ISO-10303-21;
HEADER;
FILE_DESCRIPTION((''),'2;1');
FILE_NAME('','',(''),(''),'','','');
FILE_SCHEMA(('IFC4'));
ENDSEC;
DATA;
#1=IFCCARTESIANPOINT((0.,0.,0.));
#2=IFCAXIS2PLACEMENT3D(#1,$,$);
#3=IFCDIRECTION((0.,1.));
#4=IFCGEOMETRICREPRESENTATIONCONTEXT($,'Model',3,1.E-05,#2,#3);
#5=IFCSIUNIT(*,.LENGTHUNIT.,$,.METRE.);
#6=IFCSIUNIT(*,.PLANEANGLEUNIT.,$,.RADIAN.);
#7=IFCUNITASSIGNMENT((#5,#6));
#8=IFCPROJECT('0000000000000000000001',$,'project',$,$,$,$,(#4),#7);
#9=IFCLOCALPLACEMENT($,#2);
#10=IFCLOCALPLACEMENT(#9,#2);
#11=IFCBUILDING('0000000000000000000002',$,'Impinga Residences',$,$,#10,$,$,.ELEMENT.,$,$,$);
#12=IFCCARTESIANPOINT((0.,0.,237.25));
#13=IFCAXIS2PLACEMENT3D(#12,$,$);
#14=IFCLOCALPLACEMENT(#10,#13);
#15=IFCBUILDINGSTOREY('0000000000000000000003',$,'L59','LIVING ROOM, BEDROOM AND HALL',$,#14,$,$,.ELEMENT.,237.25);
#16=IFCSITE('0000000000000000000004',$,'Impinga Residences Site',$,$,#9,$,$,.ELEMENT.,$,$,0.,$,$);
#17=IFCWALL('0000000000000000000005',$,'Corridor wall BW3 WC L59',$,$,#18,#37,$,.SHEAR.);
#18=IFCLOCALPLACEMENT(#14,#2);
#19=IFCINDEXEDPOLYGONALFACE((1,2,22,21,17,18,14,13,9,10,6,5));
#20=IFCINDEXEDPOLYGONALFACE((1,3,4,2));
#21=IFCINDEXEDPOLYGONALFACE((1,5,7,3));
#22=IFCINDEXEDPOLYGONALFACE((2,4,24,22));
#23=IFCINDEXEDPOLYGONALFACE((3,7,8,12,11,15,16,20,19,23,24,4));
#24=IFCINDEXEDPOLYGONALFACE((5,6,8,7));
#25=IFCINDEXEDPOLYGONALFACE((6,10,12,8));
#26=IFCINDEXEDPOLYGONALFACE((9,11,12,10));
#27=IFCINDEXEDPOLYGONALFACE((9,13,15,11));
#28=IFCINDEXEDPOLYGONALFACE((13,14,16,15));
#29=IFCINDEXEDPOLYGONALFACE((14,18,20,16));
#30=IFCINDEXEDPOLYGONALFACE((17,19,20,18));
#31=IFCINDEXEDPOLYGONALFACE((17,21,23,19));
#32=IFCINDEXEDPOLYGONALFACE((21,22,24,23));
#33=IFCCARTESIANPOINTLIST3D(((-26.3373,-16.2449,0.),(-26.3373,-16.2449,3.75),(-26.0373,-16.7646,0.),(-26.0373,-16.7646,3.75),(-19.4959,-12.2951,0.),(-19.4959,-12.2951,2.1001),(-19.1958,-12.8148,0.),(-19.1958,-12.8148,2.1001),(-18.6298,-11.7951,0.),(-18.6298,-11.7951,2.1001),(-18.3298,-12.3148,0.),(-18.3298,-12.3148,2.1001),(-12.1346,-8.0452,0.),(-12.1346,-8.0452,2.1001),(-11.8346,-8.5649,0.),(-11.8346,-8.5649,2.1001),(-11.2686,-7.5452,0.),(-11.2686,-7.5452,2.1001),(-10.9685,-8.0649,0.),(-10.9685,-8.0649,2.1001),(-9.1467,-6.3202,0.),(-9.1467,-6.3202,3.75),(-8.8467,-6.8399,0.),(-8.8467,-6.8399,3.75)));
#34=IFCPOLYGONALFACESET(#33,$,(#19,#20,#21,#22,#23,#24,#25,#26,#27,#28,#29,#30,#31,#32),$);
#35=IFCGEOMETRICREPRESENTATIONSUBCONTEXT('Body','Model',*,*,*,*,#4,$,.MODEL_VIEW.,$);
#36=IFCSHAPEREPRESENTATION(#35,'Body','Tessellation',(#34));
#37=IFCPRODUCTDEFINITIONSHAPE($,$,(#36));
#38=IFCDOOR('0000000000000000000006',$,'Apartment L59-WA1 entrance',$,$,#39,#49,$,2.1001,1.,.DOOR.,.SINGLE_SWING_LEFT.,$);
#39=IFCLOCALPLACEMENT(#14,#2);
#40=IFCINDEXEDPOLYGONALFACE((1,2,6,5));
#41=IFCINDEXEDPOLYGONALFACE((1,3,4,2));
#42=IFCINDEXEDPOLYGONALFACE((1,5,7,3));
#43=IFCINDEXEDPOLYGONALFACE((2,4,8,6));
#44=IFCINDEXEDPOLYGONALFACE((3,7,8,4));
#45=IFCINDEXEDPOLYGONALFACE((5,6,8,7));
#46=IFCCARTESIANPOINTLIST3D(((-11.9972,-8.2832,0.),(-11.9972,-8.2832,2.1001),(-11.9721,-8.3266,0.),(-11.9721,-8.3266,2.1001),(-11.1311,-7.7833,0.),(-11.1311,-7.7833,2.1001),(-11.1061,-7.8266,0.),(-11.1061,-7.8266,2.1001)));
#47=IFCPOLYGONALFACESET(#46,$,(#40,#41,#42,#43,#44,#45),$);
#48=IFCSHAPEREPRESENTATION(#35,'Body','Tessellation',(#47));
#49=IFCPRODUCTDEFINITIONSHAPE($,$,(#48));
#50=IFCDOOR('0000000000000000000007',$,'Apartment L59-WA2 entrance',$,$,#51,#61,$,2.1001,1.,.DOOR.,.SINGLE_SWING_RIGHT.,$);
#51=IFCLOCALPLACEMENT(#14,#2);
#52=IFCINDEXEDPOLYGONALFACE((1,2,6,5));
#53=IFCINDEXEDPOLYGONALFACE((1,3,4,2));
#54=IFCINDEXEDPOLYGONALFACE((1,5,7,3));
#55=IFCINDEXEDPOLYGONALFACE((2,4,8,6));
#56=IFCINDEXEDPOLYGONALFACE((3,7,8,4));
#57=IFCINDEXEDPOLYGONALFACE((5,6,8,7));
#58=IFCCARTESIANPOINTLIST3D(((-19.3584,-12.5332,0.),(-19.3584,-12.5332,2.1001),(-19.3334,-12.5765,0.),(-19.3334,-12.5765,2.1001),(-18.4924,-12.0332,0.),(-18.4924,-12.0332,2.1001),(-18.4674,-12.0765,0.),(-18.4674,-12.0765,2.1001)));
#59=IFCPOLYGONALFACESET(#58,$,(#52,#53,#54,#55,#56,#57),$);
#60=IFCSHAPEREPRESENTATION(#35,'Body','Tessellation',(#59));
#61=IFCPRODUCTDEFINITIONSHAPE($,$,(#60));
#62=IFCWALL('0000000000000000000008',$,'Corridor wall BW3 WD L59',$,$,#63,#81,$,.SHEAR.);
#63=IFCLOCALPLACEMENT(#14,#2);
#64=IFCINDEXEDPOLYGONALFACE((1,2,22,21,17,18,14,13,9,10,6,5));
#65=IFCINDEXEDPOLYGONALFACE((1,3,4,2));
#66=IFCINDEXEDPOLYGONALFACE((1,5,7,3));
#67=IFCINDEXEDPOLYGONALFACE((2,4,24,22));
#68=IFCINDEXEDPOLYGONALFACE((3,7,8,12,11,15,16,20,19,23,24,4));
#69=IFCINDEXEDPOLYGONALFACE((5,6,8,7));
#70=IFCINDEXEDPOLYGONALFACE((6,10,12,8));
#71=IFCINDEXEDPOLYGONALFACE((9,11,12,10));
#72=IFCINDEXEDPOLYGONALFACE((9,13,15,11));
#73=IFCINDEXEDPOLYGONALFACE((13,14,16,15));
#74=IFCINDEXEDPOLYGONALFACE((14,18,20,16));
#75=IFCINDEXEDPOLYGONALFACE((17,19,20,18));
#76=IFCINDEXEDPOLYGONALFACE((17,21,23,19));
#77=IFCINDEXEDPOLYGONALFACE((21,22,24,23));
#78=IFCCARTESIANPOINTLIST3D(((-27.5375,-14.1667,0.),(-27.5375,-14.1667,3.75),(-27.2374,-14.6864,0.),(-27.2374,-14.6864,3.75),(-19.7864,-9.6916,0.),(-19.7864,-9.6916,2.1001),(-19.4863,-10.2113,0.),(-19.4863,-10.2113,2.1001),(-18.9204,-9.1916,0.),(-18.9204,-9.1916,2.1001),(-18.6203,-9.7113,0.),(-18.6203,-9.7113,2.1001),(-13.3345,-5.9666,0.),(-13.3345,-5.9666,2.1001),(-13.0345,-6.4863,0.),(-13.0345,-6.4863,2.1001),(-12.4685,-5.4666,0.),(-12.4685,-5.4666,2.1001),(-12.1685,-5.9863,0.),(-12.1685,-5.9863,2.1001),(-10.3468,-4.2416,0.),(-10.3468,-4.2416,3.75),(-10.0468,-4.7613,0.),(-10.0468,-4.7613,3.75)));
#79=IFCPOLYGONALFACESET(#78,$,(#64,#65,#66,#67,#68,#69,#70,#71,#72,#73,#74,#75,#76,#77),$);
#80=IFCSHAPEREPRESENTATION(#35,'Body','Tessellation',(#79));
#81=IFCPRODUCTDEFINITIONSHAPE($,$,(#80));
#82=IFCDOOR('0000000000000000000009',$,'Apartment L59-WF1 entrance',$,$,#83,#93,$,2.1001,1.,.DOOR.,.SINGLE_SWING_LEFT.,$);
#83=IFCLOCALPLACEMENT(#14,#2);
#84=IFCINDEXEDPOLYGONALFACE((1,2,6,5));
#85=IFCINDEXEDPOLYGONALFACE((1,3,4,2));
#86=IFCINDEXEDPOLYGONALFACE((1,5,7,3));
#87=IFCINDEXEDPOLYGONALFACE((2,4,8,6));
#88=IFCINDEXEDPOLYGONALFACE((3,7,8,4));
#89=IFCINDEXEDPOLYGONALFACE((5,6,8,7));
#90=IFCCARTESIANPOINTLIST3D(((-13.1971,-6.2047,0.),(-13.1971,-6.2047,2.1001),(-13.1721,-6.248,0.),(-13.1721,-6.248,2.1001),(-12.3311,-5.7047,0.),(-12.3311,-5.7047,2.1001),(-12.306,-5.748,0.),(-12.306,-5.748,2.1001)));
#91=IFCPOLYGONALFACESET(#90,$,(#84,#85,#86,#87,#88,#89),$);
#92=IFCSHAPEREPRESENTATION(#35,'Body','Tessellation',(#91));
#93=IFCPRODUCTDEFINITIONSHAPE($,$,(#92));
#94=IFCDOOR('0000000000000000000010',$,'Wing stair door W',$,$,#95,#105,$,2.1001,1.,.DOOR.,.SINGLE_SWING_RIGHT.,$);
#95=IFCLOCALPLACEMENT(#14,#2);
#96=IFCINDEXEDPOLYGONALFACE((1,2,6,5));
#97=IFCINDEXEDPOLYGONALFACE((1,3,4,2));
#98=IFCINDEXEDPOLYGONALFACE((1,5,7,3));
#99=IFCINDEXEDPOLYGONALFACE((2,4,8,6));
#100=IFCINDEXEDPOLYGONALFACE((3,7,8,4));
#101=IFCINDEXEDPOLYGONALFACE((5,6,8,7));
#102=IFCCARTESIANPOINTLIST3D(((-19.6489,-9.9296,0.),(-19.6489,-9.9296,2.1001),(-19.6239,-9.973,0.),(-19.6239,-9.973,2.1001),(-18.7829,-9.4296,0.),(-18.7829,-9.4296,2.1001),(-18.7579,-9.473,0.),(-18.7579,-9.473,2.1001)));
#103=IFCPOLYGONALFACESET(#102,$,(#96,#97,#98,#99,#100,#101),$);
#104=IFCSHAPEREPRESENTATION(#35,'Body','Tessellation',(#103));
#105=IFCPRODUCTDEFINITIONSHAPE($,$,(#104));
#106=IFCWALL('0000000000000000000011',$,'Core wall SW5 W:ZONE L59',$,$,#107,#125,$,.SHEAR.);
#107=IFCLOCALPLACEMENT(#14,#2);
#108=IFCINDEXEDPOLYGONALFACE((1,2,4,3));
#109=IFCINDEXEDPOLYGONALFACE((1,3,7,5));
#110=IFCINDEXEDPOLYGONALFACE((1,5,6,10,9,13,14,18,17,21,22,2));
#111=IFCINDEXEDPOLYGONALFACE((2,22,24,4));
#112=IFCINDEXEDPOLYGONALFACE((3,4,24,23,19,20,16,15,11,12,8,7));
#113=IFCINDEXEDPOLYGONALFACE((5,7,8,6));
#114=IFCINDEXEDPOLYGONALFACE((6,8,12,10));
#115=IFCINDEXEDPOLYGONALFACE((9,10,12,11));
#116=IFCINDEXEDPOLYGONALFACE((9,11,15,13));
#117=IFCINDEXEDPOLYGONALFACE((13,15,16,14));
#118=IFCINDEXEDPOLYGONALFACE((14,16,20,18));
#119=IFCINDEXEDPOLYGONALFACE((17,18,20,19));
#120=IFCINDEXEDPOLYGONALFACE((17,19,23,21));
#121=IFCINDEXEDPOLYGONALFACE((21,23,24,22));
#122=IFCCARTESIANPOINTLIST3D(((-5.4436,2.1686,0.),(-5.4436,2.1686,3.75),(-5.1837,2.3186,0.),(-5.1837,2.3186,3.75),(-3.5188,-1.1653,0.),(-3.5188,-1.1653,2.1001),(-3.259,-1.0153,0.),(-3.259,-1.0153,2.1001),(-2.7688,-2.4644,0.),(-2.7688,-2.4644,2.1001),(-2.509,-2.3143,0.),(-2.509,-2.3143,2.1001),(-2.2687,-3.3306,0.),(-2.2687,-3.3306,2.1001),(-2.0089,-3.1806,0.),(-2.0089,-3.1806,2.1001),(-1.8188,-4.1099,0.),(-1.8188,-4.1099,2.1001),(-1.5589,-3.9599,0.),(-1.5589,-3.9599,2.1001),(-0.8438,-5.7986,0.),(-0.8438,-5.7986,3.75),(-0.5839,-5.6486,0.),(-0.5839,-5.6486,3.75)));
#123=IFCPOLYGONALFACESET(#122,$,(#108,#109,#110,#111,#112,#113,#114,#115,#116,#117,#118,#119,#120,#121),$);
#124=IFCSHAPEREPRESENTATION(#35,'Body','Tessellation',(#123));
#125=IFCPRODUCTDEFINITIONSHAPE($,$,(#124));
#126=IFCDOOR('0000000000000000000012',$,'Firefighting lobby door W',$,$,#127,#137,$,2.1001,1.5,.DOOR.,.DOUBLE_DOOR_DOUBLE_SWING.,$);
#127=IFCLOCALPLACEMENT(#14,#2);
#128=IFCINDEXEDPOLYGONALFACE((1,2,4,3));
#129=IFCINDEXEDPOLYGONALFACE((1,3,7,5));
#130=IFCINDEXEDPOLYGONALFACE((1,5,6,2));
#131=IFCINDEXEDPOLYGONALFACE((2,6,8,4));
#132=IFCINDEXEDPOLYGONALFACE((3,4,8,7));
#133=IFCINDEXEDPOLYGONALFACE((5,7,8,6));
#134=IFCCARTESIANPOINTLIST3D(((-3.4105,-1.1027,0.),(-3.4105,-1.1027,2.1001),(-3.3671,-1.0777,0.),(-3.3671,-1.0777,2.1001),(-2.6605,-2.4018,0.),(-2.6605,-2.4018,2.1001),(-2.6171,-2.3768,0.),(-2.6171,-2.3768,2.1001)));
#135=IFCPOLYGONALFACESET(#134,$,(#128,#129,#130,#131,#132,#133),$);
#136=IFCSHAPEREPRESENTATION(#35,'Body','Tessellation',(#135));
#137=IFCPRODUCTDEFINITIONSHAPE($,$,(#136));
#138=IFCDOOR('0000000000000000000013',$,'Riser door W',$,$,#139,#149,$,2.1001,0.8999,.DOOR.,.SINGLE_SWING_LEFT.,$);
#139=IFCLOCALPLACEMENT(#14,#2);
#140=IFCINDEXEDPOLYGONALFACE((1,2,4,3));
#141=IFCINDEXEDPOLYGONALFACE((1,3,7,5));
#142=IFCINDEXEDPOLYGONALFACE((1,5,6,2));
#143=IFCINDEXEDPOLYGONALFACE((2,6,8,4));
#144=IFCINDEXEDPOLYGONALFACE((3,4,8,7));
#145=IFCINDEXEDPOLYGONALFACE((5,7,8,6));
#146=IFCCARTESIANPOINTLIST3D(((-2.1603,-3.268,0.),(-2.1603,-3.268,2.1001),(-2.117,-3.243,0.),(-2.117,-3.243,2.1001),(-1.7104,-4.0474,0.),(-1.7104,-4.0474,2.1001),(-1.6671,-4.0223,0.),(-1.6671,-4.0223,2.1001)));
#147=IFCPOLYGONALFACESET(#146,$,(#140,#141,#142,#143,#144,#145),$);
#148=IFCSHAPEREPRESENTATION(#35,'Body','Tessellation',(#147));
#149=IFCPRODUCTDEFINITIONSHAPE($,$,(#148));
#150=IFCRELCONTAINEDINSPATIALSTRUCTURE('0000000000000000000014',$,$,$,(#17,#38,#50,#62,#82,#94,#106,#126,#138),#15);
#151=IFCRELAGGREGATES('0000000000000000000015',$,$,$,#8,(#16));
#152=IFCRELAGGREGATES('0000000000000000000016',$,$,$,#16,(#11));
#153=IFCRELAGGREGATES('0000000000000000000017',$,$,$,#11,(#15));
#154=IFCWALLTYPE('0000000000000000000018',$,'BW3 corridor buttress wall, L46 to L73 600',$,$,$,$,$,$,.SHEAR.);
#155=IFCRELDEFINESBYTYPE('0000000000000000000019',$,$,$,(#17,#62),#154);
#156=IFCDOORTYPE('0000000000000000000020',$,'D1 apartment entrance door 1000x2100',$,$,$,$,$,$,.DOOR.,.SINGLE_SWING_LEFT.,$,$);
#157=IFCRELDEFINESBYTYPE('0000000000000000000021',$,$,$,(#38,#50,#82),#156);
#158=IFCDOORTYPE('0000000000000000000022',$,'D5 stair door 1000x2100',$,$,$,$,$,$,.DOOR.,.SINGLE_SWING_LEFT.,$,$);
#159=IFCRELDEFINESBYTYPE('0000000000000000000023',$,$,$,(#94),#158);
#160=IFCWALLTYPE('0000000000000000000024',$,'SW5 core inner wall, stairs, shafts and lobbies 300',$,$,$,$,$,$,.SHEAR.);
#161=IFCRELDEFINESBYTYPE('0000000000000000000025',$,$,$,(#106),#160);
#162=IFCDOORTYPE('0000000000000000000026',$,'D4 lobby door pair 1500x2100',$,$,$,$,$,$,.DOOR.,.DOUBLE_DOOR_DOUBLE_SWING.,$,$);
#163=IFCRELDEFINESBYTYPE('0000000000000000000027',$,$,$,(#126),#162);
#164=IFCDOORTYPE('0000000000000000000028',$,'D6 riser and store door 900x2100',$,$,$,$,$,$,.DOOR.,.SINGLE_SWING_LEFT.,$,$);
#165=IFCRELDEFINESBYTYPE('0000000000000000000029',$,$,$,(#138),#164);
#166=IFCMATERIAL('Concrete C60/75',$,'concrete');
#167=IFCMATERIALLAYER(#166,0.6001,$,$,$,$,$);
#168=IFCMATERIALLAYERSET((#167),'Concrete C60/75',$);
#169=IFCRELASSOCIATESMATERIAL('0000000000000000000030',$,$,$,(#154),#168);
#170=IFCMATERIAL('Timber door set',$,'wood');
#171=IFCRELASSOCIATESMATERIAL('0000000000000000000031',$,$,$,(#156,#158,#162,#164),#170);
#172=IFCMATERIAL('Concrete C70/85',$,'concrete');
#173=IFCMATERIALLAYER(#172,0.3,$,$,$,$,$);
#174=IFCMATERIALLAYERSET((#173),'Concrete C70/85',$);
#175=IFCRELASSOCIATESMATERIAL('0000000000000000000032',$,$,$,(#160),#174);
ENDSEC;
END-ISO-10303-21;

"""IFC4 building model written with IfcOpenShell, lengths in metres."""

from ifc_helpers import new_model, si_unit, direction, frame, frame_2d, origin, place, context, subcontext, project, spatial, rectangle, extrude, material, layer, layer_set, type_object, element, fill, save


model = new_model("IFC4")

# Units and contexts
model_context = context("Model", 3, precision=1e-05, world=origin(), true_north=direction((0.0, 1.0)))
body_context = subcontext(model_context, "Body", "Model", "MODEL_VIEW")
ifc_project = project(units=[si_unit("LENGTHUNIT", "METRE"), si_unit("PLANEANGLEUNIT", "RADIAN")], contexts=[model_context])

# Site, building, storey
site_placement = place(None, origin())
site = spatial("IfcSite", under=ifc_project, at=site_placement, Name="Impinga Residences Site", CompositionType="ELEMENT", RefElevation=0.0)
building_placement = place(site_placement, origin())
building = spatial("IfcBuilding", under=site, at=building_placement, Name="Impinga Residences", CompositionType="ELEMENT")
storey_placement = place(building_placement, frame((0.0, 0.0, 237.25)))
storey = spatial("IfcBuildingStorey", under=building, at=storey_placement, Name="L59", Description="LIVING ROOM, BEDROOM AND HALL", CompositionType="ELEMENT", Elevation=237.25)

# Walls, openings, doors
ifc_material_1 = material(Name="Concrete C60/75", Category="concrete")
ifc_layer_1 = layer(ifc_material_1, 0.6001)
ifc_layer_set_1 = layer_set([ifc_layer_1], Name="Concrete C60/75")
wall_type_1 = type_object("IfcWallType", Name="BW3 corridor buttress wall, L46 to L73 600", PredefinedType="SHEAR", material=ifc_layer_set_1)
wall_1_placement = place(storey_placement, frame((-8.9968, -6.5801, 0.0), z_axis=(0.0, 0.0, 1.0), x_axis=(-0.866031, -0.499991, 0.0)))
wall_1 = element("IfcWall", 1, at=wall_1_placement, inside=storey, type_object=wall_type_1, Name="Corridor wall BW3 WC L59", PredefinedType="SHEAR", context=body_context, shape_type="SweptSolid", body=[
    extrude(rectangle(XDim=19.8499, YDim=0.6001, at=frame_2d((9.9248, 0.0))), origin(), (0.0, 0.0, 1.0), 3.75),
])
opening_1_placement = place(wall_1_placement, frame((2.45, 0.0, 0.0)))
opening_1 = element("IfcOpeningElement", 2, at=opening_1_placement, cuts=wall_1, PredefinedType="OPENING", context=body_context, shape_type="SweptSolid", body=[
    extrude(rectangle(XDim=1.0, YDim=2.1001, at=frame_2d((0.5, 1.05))), frame((0.0, 0.3101, 0.0), z_axis=(0.0, -1.0, 0.0), x_axis=(1.0, 0.0, 0.0)), (0.0, 0.0, 1.0), 0.6201),
])
opening_2_placement = place(wall_1_placement, frame((10.95, 0.0, 0.0)))
opening_2 = element("IfcOpeningElement", 3, at=opening_2_placement, cuts=wall_1, PredefinedType="OPENING", context=body_context, shape_type="SweptSolid", body=[
    extrude(rectangle(XDim=1.0, YDim=2.1001, at=frame_2d((0.5, 1.05))), frame((0.0, 0.3101, 0.0), z_axis=(0.0, -1.0, 0.0), x_axis=(1.0, 0.0, 0.0)), (0.0, 0.0, 1.0), 0.6201),
])
ifc_material_2 = material(Name="Timber door set", Category="wood")
door_type_1 = type_object("IfcDoorType", Name="D1 apartment entrance door 1000x2100", OperationType="SINGLE_SWING_LEFT", PredefinedType="DOOR", material=ifc_material_2)
door_1_placement = place(opening_1_placement, origin())
door_1 = element("IfcDoor", 4, at=door_1_placement, inside=storey, type_object=door_type_1, Name="Apartment L59-WA1 entrance", OperationType="SINGLE_SWING_LEFT", OverallHeight=2.1001, OverallWidth=1.0, PredefinedType="DOOR", context=body_context, shape_type="SweptSolid", body=[
    extrude(rectangle(XDim=1.0, YDim=2.1001, at=frame_2d((0.5, 1.05))), frame((0.0, 0.0249, 0.0), z_axis=(0.0, -1.0, 0.0), x_axis=(1.0, 0.0, 0.0)), (0.0, 0.0, 1.0), 0.05),
])
fill(opening_1, door_1)
door_2_placement = place(opening_2_placement, origin())
door_2 = element("IfcDoor", 5, at=door_2_placement, inside=storey, type_object=door_type_1, Name="Apartment L59-WA2 entrance", OperationType="SINGLE_SWING_RIGHT", OverallHeight=2.1001, OverallWidth=1.0, PredefinedType="DOOR", context=body_context, shape_type="SweptSolid", body=[
    extrude(rectangle(XDim=1.0, YDim=2.1001, at=frame_2d((0.5, 1.05))), frame((0.0, 0.0249, 0.0), z_axis=(0.0, -1.0, 0.0), x_axis=(1.0, 0.0, 0.0)), (0.0, 0.0, 1.0), 0.05),
])
fill(opening_2, door_2)
wall_2_placement = place(storey_placement, frame((-10.1968, -4.5015, 0.0), z_axis=(0.0, 0.0, 1.0), x_axis=(-0.866025, -0.5, 0.0)))
wall_2 = element("IfcWall", 6, at=wall_2_placement, inside=storey, type_object=wall_type_1, Name="Corridor wall BW3 WD L59", PredefinedType="SHEAR", context=body_context, shape_type="SweptSolid", body=[
    extrude(rectangle(XDim=19.8501, YDim=0.6001, at=frame_2d((9.925, 0.0))), origin(), (0.0, 0.0, 1.0), 3.75),
])
opening_3_placement = place(wall_2_placement, frame((9.8999, 0.0, 0.0)))
opening_3 = element("IfcOpeningElement", 7, at=opening_3_placement, cuts=wall_2, PredefinedType="OPENING", context=body_context, shape_type="SweptSolid", body=[
    extrude(rectangle(XDim=1.0, YDim=2.1001, at=frame_2d((0.5, 1.05))), frame((0.0, 0.3101, 0.0), z_axis=(0.0, -1.0, 0.0), x_axis=(1.0, 0.0, 0.0)), (0.0, 0.0, 1.0), 0.6201),
])
opening_4_placement = place(wall_2_placement, frame((2.45, 0.0, 0.0)))
opening_4 = element("IfcOpeningElement", 8, at=opening_4_placement, cuts=wall_2, PredefinedType="OPENING", context=body_context, shape_type="SweptSolid", body=[
    extrude(rectangle(XDim=1.0, YDim=2.1001, at=frame_2d((0.5, 1.05))), frame((0.0, 0.3101, 0.0), z_axis=(0.0, -1.0, 0.0), x_axis=(1.0, 0.0, 0.0)), (0.0, 0.0, 1.0), 0.6201),
])
door_3_placement = place(opening_4_placement, origin())
door_3 = element("IfcDoor", 9, at=door_3_placement, inside=storey, type_object=door_type_1, Name="Apartment L59-WF1 entrance", OperationType="SINGLE_SWING_LEFT", OverallHeight=2.1001, OverallWidth=1.0, PredefinedType="DOOR", context=body_context, shape_type="SweptSolid", body=[
    extrude(rectangle(XDim=1.0, YDim=2.1001, at=frame_2d((0.5, 1.05))), frame((0.0, 0.0249, 0.0), z_axis=(0.0, -1.0, 0.0), x_axis=(1.0, 0.0, 0.0)), (0.0, 0.0, 1.0), 0.05),
])
fill(opening_4, door_3)
door_type_2 = type_object("IfcDoorType", Name="D5 stair door 1000x2100", OperationType="SINGLE_SWING_LEFT", PredefinedType="DOOR", material=ifc_material_2)
door_4_placement = place(opening_3_placement, origin())
door_4 = element("IfcDoor", 10, at=door_4_placement, inside=storey, type_object=door_type_2, Name="Wing stair door W", OperationType="SINGLE_SWING_RIGHT", OverallHeight=2.1001, OverallWidth=1.0, PredefinedType="DOOR", context=body_context, shape_type="SweptSolid", body=[
    extrude(rectangle(XDim=1.0, YDim=2.1001, at=frame_2d((0.5, 1.05))), frame((0.0, 0.0249, 0.0), z_axis=(0.0, -1.0, 0.0), x_axis=(1.0, 0.0, 0.0)), (0.0, 0.0, 1.0), 0.05),
])
fill(opening_3, door_4)
ifc_material_3 = material(Name="Concrete C70/85", Category="concrete")
ifc_layer_2 = layer(ifc_material_3, 0.3)
ifc_layer_set_2 = layer_set([ifc_layer_2], Name="Concrete C70/85")
wall_type_2 = type_object("IfcWallType", Name="SW5 core inner wall, stairs, shafts and lobbies 300", PredefinedType="SHEAR", material=ifc_layer_set_2)
wall_3_placement = place(storey_placement, frame((-0.7139, -5.7236, 0.0), z_axis=(0.0, 0.0, 1.0), x_axis=(-0.499995, 0.866028, 0.0)))
wall_3 = element("IfcWall", 11, at=wall_3_placement, inside=storey, type_object=wall_type_2, Name="Core wall SW5 W:ZONE L59", PredefinedType="SHEAR", context=body_context, shape_type="SweptSolid", body=[
    extrude(rectangle(XDim=9.1997, YDim=0.3, at=frame_2d((4.5999, 0.0))), origin(), (0.0, 0.0, 1.0), 3.75),
])
opening_5_placement = place(wall_3_placement, frame((3.8501, 0.0, 0.0)))
opening_5 = element("IfcOpeningElement", 12, at=opening_5_placement, cuts=wall_3, PredefinedType="OPENING", context=body_context, shape_type="SweptSolid", body=[
    extrude(rectangle(XDim=1.5, YDim=2.1001, at=frame_2d((0.75, 1.05))), frame((0.0, 0.1599, 0.0), z_axis=(0.0, -1.0, 0.0), x_axis=(1.0, 0.0, 0.0)), (0.0, 0.0, 1.0), 0.3201),
])
opening_6_placement = place(wall_3_placement, frame((1.95, 0.0, 0.0)))
opening_6 = element("IfcOpeningElement", 13, at=opening_6_placement, cuts=wall_3, PredefinedType="OPENING", context=body_context, shape_type="SweptSolid", body=[
    extrude(rectangle(XDim=0.8999, YDim=2.1001, at=frame_2d((0.45, 1.05))), frame((0.0, 0.1599, 0.0), z_axis=(0.0, -1.0, 0.0), x_axis=(1.0, 0.0, 0.0)), (0.0, 0.0, 1.0), 0.3201),
])
door_type_3 = type_object("IfcDoorType", Name="D4 lobby door pair 1500x2100", OperationType="DOUBLE_DOOR_DOUBLE_SWING", PredefinedType="DOOR", material=ifc_material_2)
door_5_placement = place(opening_5_placement, origin())
door_5 = element("IfcDoor", 14, at=door_5_placement, inside=storey, type_object=door_type_3, Name="Firefighting lobby door W", OperationType="DOUBLE_DOOR_DOUBLE_SWING", OverallHeight=2.1001, OverallWidth=1.5, PredefinedType="DOOR", context=body_context, shape_type="SweptSolid", body=[
    extrude(rectangle(XDim=1.5, YDim=2.1001, at=frame_2d((0.75, 1.05))), frame((0.0, 0.0249, 0.0), z_axis=(0.0, -1.0, 0.0), x_axis=(1.0, 0.0, 0.0)), (0.0, 0.0, 1.0), 0.05),
])
fill(opening_5, door_5)
door_type_4 = type_object("IfcDoorType", Name="D6 riser and store door 900x2100", OperationType="SINGLE_SWING_LEFT", PredefinedType="DOOR", material=ifc_material_2)
door_6_placement = place(opening_6_placement, origin())
door_6 = element("IfcDoor", 15, at=door_6_placement, inside=storey, type_object=door_type_4, Name="Riser door W", OperationType="SINGLE_SWING_LEFT", OverallHeight=2.1001, OverallWidth=0.8999, PredefinedType="DOOR", context=body_context, shape_type="SweptSolid", body=[
    extrude(rectangle(XDim=0.8999, YDim=2.1001, at=frame_2d((0.45, 1.05))), frame((0.0, 0.0249, 0.0), z_axis=(0.0, -1.0, 0.0), x_axis=(1.0, 0.0, 0.0)), (0.0, 0.0, 1.0), 0.05),
])
fill(opening_6, door_6)

save(model, "model.ifc")
